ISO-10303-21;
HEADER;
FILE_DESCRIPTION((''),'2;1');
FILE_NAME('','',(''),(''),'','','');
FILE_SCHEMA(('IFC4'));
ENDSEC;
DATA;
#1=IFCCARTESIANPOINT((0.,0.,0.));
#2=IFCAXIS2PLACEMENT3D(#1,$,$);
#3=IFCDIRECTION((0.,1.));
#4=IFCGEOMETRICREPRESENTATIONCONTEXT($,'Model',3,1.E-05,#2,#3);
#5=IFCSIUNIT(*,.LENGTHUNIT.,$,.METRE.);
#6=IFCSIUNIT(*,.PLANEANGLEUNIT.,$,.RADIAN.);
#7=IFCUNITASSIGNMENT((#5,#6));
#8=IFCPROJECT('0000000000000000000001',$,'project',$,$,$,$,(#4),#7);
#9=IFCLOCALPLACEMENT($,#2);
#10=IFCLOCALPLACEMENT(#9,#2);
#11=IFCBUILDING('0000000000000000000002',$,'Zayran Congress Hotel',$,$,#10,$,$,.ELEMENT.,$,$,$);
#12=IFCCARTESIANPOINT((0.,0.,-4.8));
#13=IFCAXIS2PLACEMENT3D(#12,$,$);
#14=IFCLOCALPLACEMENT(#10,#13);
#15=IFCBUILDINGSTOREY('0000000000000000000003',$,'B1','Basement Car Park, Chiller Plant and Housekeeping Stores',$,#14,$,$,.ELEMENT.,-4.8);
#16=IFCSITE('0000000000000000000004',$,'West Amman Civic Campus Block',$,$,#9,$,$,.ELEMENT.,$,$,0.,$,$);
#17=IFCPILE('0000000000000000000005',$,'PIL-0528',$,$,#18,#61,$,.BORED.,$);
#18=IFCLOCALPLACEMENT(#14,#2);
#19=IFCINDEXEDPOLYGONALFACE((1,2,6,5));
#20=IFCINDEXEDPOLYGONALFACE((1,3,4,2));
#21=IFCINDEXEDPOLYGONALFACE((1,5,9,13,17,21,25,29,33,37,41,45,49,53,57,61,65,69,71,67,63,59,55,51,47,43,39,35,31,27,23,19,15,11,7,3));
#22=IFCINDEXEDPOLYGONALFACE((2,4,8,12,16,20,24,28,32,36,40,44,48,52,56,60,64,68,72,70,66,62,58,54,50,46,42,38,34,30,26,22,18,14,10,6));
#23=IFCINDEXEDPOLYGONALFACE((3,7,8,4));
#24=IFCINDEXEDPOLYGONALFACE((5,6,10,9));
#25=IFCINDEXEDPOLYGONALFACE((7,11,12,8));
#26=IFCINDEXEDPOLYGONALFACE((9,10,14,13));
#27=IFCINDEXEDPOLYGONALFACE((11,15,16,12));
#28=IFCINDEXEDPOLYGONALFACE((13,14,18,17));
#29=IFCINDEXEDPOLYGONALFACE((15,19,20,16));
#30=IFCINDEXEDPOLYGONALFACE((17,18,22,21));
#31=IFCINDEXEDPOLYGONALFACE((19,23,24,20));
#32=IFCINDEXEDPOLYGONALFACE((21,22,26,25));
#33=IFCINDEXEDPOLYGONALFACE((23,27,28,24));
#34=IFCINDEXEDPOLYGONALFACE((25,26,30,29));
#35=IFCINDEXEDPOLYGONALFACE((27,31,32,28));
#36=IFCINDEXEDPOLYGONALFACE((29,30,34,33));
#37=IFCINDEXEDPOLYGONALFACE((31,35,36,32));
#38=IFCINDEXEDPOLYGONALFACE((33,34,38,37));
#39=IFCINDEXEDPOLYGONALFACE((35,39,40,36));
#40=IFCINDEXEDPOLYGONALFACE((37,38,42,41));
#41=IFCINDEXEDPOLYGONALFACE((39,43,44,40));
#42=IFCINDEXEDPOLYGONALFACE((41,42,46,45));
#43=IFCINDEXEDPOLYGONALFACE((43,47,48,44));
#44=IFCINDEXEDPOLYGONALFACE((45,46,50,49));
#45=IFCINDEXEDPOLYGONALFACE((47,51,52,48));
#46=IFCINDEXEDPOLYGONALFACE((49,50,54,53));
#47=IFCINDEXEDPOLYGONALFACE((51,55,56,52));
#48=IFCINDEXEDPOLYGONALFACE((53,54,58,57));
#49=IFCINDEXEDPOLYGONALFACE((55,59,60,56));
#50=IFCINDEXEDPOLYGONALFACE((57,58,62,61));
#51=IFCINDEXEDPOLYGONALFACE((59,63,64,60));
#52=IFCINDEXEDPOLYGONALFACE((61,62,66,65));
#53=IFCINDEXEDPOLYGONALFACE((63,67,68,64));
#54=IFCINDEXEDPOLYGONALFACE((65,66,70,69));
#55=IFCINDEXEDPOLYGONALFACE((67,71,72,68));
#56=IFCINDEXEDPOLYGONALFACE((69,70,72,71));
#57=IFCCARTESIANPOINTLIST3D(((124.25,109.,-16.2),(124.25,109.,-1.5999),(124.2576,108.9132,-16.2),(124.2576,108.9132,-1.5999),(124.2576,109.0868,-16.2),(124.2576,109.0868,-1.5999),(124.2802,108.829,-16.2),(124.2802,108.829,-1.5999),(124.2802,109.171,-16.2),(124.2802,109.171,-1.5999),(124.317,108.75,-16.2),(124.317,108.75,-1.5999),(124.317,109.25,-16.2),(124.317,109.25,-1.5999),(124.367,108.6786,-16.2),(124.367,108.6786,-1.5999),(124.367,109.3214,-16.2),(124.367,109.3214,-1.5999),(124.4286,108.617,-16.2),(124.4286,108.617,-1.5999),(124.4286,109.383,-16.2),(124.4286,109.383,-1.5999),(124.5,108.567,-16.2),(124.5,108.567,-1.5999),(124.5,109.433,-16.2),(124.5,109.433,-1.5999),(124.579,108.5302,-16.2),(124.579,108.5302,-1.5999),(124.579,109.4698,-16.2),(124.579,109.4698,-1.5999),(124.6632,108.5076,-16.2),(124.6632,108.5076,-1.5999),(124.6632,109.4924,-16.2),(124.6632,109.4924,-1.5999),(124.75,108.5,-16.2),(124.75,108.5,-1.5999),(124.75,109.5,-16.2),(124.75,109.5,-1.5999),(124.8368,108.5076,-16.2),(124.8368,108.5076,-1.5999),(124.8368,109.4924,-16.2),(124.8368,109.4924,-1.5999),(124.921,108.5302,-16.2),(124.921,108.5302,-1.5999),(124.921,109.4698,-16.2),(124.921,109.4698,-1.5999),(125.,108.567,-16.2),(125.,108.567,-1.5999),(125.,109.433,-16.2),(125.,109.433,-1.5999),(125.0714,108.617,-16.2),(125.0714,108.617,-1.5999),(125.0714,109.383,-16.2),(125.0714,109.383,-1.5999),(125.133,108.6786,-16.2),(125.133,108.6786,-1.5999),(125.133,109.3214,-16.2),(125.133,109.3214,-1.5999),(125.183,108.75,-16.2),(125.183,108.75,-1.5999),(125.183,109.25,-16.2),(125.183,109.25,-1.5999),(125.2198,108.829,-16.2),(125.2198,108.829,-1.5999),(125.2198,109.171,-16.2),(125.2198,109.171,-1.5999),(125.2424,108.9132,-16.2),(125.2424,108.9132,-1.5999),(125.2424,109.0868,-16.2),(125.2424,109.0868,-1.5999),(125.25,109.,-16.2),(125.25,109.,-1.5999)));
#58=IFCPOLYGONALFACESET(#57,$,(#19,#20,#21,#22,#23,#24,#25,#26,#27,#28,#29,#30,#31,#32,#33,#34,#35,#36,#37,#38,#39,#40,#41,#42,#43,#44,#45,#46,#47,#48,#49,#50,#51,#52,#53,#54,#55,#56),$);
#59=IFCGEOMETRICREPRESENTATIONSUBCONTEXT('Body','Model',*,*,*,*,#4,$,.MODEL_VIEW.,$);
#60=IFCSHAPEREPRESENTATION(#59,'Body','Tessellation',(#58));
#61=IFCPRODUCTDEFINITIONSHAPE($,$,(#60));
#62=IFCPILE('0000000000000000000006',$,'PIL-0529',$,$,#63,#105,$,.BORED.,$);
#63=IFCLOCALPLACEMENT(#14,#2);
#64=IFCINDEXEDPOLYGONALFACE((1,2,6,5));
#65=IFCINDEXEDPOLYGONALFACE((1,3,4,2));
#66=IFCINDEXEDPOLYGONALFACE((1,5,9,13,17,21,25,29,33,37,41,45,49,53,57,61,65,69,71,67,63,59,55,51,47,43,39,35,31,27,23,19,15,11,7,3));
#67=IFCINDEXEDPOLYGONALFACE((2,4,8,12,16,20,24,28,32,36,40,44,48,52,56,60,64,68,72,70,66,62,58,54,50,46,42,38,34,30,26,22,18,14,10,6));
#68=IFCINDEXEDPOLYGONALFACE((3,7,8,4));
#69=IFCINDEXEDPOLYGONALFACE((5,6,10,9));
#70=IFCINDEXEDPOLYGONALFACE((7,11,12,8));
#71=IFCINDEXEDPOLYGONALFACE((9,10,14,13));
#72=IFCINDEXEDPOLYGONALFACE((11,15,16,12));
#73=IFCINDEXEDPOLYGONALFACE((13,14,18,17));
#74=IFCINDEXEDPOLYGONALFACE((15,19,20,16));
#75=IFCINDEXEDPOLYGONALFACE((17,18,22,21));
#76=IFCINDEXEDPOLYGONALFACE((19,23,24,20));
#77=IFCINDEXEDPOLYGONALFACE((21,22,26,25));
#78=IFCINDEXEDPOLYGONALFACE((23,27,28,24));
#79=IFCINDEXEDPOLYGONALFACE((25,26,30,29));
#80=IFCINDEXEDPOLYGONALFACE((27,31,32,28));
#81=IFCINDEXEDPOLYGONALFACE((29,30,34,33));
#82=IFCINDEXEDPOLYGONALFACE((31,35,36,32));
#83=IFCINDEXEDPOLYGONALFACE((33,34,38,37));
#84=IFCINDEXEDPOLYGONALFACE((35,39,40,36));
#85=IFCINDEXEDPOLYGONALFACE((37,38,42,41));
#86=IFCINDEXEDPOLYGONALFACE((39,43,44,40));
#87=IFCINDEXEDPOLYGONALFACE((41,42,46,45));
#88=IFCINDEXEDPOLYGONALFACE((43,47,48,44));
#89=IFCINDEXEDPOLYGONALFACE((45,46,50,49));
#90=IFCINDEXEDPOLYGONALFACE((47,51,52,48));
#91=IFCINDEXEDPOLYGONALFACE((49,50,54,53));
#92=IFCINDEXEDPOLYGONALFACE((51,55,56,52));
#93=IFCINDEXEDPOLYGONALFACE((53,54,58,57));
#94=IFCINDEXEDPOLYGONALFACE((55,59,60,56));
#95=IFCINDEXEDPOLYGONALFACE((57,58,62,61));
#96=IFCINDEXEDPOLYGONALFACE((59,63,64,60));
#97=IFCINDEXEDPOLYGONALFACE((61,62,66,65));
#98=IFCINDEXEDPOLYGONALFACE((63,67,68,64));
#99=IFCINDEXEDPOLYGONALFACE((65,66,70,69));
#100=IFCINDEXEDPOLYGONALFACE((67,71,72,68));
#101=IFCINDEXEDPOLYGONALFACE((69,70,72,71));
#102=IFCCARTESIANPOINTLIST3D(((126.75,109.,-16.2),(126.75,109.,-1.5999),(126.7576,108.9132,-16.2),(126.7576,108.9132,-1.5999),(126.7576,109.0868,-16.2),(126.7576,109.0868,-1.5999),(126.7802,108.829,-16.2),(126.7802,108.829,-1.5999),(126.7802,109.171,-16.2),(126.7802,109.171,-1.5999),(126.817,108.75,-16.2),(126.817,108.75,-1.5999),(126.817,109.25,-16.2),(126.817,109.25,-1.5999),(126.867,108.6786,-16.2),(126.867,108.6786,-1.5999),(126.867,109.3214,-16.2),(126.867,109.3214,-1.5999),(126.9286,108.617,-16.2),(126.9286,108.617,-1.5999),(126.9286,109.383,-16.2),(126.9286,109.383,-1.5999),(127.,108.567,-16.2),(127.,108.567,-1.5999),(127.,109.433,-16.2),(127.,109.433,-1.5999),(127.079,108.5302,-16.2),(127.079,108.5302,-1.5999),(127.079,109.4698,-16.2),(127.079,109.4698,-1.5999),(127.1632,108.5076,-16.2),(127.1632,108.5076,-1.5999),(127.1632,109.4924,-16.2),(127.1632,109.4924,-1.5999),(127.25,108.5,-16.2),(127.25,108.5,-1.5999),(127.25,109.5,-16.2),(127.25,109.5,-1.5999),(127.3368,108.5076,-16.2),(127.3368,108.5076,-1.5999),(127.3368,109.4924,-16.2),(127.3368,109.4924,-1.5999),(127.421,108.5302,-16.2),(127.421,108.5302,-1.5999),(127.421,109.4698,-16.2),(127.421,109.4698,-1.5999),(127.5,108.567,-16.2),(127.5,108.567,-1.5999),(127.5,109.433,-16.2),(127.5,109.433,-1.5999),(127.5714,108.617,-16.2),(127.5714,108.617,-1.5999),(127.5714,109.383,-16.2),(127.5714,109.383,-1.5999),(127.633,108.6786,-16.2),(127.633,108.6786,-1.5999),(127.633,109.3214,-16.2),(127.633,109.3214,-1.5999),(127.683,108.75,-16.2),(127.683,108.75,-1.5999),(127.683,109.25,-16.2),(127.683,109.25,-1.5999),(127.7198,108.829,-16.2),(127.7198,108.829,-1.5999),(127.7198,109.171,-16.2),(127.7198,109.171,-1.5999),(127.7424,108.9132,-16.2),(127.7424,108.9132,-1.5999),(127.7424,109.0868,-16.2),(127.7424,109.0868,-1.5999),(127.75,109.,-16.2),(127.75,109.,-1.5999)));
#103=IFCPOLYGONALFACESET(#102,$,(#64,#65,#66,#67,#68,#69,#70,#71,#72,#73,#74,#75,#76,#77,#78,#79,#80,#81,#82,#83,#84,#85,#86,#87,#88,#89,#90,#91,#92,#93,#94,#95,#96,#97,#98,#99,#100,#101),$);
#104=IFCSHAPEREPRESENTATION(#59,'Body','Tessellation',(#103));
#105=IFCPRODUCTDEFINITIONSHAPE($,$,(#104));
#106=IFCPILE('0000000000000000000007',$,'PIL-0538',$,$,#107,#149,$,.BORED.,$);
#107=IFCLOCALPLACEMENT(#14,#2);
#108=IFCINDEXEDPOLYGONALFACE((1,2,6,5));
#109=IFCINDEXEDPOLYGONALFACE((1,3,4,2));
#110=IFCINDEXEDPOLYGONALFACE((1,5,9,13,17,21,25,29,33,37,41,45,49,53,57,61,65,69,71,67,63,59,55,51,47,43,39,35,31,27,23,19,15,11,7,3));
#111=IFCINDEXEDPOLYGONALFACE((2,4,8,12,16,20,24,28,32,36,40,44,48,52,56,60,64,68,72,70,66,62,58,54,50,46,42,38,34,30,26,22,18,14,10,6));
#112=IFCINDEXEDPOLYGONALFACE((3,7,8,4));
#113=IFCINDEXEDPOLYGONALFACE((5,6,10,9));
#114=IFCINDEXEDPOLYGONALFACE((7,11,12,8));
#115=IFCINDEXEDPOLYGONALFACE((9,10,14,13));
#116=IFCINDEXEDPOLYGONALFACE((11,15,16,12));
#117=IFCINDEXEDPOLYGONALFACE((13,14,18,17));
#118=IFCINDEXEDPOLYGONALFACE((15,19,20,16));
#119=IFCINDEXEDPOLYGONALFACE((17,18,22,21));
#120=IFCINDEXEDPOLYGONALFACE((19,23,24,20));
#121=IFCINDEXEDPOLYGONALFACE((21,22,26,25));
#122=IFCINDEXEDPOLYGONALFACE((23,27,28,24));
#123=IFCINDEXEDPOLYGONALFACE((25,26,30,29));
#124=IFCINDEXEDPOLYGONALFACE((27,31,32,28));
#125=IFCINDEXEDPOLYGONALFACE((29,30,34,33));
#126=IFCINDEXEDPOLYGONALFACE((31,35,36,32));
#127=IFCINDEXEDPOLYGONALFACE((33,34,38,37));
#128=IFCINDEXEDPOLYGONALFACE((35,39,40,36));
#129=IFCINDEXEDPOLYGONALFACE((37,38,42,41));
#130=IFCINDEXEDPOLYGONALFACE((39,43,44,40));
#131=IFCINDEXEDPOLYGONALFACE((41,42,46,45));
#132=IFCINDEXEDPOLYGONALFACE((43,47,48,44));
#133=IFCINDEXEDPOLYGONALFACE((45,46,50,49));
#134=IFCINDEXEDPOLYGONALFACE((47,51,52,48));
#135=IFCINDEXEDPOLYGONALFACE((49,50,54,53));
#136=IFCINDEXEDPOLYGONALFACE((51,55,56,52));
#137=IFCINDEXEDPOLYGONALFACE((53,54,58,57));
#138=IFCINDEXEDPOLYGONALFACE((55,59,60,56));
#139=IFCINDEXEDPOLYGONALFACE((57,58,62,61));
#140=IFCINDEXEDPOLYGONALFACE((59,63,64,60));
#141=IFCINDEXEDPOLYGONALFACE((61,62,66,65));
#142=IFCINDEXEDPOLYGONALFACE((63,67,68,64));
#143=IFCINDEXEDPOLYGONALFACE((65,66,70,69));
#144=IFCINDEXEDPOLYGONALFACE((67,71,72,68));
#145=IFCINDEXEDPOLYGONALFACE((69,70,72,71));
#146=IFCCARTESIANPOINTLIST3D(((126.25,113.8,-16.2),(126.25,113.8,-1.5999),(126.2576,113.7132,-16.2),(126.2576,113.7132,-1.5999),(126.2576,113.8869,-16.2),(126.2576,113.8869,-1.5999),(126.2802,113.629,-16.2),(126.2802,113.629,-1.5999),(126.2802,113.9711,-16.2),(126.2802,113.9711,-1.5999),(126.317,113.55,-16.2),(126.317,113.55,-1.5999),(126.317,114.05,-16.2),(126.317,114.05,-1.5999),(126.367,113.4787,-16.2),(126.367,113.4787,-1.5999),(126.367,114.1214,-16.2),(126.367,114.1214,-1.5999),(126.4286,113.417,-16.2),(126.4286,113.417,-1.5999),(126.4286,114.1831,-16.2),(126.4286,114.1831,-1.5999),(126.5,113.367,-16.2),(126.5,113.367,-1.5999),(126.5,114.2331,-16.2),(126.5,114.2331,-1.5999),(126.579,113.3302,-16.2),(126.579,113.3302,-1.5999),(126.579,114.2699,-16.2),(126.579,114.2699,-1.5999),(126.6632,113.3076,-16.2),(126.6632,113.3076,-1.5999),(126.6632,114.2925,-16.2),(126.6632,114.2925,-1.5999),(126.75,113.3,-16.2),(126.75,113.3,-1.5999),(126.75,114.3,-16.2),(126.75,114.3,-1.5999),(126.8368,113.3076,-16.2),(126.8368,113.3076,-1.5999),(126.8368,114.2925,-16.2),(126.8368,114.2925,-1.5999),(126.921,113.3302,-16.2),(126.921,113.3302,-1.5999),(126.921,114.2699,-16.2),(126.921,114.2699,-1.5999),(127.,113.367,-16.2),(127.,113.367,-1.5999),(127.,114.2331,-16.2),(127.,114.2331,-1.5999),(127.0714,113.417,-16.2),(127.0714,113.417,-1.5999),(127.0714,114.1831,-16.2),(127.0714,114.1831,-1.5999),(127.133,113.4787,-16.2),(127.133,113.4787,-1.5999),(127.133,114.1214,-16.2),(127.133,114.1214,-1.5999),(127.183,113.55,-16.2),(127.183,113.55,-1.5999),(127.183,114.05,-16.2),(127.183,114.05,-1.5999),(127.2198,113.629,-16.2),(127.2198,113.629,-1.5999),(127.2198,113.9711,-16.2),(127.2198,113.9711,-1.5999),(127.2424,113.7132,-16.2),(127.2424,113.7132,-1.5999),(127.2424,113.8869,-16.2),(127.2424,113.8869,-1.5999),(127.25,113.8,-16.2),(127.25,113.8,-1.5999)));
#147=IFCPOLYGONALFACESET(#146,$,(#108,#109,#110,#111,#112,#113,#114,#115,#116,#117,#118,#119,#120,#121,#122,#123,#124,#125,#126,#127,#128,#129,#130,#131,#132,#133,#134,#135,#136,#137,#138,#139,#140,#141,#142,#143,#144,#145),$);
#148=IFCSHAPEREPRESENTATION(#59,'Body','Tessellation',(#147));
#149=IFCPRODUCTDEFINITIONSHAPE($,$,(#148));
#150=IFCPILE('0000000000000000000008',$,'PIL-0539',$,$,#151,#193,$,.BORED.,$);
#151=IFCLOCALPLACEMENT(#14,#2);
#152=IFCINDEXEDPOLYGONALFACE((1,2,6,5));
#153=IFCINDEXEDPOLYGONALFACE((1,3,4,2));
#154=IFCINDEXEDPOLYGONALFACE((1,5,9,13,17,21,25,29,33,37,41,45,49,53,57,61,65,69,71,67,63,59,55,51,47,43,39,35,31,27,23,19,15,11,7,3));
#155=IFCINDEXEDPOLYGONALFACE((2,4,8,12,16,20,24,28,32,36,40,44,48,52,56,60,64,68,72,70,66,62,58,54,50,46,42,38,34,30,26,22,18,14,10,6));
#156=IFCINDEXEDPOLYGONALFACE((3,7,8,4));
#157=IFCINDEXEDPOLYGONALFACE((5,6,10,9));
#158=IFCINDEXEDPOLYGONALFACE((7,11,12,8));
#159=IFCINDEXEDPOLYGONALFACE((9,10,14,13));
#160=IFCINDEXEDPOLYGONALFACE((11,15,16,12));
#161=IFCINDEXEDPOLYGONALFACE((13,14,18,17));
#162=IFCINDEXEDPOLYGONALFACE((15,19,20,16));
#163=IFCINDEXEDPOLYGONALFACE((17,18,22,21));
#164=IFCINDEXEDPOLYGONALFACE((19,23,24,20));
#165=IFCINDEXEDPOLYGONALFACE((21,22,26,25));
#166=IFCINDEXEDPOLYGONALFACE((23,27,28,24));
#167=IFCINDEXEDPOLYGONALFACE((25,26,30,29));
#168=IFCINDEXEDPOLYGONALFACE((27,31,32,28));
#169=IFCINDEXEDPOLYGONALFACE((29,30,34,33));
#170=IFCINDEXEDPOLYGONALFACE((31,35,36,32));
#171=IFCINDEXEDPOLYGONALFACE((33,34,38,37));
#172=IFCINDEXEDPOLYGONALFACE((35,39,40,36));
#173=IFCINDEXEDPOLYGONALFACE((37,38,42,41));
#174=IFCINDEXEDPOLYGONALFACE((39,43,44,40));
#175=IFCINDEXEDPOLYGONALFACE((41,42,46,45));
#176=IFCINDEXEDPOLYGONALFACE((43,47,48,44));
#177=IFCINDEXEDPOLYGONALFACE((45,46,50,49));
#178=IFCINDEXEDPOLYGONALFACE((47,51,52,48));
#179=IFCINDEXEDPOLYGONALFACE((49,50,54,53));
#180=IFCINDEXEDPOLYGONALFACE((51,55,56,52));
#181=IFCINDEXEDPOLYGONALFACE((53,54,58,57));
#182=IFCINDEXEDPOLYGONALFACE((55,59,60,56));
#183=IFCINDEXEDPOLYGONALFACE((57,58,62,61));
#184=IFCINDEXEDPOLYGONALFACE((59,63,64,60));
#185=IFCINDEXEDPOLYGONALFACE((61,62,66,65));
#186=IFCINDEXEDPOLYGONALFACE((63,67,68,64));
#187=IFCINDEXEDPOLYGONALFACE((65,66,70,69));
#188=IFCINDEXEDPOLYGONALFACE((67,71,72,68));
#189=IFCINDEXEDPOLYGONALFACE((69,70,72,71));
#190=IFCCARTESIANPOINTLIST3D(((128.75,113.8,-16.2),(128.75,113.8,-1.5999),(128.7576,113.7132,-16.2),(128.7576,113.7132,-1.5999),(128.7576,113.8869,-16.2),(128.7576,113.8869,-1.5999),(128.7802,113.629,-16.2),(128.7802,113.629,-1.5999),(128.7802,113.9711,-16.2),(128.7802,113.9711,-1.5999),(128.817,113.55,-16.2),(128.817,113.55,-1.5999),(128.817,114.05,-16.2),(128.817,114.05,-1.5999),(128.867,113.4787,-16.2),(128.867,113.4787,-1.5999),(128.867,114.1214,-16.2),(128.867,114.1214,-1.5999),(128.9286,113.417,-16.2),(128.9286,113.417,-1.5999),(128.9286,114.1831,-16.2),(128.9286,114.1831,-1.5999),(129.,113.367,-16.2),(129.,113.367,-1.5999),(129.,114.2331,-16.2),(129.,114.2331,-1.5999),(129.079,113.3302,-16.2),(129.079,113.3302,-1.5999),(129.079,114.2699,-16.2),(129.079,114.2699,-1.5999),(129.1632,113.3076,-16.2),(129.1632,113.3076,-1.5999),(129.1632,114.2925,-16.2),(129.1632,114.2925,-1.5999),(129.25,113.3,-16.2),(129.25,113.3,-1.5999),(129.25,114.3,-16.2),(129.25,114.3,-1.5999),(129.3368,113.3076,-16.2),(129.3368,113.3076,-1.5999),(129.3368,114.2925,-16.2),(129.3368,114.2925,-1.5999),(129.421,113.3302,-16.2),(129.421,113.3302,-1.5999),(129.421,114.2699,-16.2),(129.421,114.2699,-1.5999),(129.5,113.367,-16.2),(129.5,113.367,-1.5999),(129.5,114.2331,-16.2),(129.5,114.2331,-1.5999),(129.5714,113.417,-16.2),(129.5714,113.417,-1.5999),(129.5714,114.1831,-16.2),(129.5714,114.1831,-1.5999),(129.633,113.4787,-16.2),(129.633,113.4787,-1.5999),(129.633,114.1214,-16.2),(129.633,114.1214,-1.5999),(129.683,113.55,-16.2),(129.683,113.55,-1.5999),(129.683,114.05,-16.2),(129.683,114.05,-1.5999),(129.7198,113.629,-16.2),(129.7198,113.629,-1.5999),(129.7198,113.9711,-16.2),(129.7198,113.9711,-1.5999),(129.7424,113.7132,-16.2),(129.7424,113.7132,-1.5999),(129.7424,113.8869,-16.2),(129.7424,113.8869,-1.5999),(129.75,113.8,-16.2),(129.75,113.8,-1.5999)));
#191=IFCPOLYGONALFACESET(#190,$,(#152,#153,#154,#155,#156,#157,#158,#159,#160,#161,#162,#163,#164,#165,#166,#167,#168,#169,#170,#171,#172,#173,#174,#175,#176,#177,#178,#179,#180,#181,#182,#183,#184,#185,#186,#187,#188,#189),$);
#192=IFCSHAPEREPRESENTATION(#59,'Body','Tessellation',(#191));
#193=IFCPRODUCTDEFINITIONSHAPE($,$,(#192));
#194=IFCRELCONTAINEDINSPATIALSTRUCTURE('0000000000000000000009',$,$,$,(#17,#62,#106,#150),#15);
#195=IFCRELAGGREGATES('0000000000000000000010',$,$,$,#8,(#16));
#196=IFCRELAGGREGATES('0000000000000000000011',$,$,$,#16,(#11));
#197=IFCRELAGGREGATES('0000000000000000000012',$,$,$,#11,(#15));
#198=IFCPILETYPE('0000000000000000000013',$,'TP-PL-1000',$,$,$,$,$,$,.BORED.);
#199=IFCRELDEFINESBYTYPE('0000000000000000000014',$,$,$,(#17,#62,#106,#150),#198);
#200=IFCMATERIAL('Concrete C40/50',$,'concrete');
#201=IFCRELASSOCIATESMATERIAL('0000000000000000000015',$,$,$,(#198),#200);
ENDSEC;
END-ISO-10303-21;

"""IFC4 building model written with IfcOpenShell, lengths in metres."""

from ifc_helpers import new_model, si_unit, direction, frame, origin, origin_2d, place, context, subcontext, project, spatial, circle, extrude, material, material_profile, profile_set, type_object, element, save


model = new_model("IFC4")

# Units and contexts
model_context = context("Model", 3, precision=1e-05, world=origin(), true_north=direction((0.0, 1.0)))
body_context = subcontext(model_context, "Body", "Model", "MODEL_VIEW")
ifc_project = project(units=[si_unit("LENGTHUNIT", "METRE"), si_unit("PLANEANGLEUNIT", "RADIAN")], contexts=[model_context])

# Site, building, storey
site_placement = place(None, origin())
site = spatial("IfcSite", under=ifc_project, at=site_placement, Name="West Amman Civic Campus Block", CompositionType="ELEMENT", RefElevation=0.0)
building_placement = place(site_placement, origin())
building = spatial("IfcBuilding", under=site, at=building_placement, Name="Zayran Congress Hotel", CompositionType="ELEMENT")
storey_placement = place(building_placement, frame((0.0, 0.0, -4.8)))
storey = spatial("IfcBuildingStorey", under=building, at=storey_placement, Name="B1", Description="Basement Car Park, Chiller Plant and Housekeeping Stores", CompositionType="ELEMENT", Elevation=-4.8)

# Piles
ifc_material_1 = material(Name="Concrete C40/50", Category="concrete")
ifc_material_profile_1 = material_profile(ifc_material_1, circle(Radius=0.5, at=origin_2d()), Name="PILE D1000")
ifc_profile_set_1 = profile_set([ifc_material_profile_1], Name="Concrete C40/50")
pile_type_1 = type_object("IfcPileType", Name="TP-PL-1000", PredefinedType="BORED", material=ifc_profile_set_1)
for number, where, z_axis, x_axis, name in (
    (1, (124.75, 109.0, -1.5999), (0.0, 0.0, -1.0), (1.0, 0.0, 0.0), "PIL-0528"),
    (2, (127.25, 109.0, -1.5999), (0.0, 0.0, -1.0), (1.0, 0.0, 0.0), "PIL-0529"),
    (3, (126.75, 113.8, -1.5999), (0.0, 0.0, -1.0), (1.0, 0.0, 0.0), "PIL-0538"),
    (4, (129.25, 113.8, -1.5999), (0.0, 0.0, -1.0), (1.0, 0.0, 0.0), "PIL-0539"),
):
    element("IfcPile", number, at=place(storey_placement, frame(where, z_axis=z_axis, x_axis=x_axis)), inside=storey, type_object=pile_type_1, Name=name, PredefinedType="BORED", context=body_context, shape_type="SweptSolid", body=[
        extrude(circle(Radius=0.5, at=origin_2d()), origin(), (0.0, 0.0, 1.0), 14.6001),
    ])

save(model, "model.ifc")
